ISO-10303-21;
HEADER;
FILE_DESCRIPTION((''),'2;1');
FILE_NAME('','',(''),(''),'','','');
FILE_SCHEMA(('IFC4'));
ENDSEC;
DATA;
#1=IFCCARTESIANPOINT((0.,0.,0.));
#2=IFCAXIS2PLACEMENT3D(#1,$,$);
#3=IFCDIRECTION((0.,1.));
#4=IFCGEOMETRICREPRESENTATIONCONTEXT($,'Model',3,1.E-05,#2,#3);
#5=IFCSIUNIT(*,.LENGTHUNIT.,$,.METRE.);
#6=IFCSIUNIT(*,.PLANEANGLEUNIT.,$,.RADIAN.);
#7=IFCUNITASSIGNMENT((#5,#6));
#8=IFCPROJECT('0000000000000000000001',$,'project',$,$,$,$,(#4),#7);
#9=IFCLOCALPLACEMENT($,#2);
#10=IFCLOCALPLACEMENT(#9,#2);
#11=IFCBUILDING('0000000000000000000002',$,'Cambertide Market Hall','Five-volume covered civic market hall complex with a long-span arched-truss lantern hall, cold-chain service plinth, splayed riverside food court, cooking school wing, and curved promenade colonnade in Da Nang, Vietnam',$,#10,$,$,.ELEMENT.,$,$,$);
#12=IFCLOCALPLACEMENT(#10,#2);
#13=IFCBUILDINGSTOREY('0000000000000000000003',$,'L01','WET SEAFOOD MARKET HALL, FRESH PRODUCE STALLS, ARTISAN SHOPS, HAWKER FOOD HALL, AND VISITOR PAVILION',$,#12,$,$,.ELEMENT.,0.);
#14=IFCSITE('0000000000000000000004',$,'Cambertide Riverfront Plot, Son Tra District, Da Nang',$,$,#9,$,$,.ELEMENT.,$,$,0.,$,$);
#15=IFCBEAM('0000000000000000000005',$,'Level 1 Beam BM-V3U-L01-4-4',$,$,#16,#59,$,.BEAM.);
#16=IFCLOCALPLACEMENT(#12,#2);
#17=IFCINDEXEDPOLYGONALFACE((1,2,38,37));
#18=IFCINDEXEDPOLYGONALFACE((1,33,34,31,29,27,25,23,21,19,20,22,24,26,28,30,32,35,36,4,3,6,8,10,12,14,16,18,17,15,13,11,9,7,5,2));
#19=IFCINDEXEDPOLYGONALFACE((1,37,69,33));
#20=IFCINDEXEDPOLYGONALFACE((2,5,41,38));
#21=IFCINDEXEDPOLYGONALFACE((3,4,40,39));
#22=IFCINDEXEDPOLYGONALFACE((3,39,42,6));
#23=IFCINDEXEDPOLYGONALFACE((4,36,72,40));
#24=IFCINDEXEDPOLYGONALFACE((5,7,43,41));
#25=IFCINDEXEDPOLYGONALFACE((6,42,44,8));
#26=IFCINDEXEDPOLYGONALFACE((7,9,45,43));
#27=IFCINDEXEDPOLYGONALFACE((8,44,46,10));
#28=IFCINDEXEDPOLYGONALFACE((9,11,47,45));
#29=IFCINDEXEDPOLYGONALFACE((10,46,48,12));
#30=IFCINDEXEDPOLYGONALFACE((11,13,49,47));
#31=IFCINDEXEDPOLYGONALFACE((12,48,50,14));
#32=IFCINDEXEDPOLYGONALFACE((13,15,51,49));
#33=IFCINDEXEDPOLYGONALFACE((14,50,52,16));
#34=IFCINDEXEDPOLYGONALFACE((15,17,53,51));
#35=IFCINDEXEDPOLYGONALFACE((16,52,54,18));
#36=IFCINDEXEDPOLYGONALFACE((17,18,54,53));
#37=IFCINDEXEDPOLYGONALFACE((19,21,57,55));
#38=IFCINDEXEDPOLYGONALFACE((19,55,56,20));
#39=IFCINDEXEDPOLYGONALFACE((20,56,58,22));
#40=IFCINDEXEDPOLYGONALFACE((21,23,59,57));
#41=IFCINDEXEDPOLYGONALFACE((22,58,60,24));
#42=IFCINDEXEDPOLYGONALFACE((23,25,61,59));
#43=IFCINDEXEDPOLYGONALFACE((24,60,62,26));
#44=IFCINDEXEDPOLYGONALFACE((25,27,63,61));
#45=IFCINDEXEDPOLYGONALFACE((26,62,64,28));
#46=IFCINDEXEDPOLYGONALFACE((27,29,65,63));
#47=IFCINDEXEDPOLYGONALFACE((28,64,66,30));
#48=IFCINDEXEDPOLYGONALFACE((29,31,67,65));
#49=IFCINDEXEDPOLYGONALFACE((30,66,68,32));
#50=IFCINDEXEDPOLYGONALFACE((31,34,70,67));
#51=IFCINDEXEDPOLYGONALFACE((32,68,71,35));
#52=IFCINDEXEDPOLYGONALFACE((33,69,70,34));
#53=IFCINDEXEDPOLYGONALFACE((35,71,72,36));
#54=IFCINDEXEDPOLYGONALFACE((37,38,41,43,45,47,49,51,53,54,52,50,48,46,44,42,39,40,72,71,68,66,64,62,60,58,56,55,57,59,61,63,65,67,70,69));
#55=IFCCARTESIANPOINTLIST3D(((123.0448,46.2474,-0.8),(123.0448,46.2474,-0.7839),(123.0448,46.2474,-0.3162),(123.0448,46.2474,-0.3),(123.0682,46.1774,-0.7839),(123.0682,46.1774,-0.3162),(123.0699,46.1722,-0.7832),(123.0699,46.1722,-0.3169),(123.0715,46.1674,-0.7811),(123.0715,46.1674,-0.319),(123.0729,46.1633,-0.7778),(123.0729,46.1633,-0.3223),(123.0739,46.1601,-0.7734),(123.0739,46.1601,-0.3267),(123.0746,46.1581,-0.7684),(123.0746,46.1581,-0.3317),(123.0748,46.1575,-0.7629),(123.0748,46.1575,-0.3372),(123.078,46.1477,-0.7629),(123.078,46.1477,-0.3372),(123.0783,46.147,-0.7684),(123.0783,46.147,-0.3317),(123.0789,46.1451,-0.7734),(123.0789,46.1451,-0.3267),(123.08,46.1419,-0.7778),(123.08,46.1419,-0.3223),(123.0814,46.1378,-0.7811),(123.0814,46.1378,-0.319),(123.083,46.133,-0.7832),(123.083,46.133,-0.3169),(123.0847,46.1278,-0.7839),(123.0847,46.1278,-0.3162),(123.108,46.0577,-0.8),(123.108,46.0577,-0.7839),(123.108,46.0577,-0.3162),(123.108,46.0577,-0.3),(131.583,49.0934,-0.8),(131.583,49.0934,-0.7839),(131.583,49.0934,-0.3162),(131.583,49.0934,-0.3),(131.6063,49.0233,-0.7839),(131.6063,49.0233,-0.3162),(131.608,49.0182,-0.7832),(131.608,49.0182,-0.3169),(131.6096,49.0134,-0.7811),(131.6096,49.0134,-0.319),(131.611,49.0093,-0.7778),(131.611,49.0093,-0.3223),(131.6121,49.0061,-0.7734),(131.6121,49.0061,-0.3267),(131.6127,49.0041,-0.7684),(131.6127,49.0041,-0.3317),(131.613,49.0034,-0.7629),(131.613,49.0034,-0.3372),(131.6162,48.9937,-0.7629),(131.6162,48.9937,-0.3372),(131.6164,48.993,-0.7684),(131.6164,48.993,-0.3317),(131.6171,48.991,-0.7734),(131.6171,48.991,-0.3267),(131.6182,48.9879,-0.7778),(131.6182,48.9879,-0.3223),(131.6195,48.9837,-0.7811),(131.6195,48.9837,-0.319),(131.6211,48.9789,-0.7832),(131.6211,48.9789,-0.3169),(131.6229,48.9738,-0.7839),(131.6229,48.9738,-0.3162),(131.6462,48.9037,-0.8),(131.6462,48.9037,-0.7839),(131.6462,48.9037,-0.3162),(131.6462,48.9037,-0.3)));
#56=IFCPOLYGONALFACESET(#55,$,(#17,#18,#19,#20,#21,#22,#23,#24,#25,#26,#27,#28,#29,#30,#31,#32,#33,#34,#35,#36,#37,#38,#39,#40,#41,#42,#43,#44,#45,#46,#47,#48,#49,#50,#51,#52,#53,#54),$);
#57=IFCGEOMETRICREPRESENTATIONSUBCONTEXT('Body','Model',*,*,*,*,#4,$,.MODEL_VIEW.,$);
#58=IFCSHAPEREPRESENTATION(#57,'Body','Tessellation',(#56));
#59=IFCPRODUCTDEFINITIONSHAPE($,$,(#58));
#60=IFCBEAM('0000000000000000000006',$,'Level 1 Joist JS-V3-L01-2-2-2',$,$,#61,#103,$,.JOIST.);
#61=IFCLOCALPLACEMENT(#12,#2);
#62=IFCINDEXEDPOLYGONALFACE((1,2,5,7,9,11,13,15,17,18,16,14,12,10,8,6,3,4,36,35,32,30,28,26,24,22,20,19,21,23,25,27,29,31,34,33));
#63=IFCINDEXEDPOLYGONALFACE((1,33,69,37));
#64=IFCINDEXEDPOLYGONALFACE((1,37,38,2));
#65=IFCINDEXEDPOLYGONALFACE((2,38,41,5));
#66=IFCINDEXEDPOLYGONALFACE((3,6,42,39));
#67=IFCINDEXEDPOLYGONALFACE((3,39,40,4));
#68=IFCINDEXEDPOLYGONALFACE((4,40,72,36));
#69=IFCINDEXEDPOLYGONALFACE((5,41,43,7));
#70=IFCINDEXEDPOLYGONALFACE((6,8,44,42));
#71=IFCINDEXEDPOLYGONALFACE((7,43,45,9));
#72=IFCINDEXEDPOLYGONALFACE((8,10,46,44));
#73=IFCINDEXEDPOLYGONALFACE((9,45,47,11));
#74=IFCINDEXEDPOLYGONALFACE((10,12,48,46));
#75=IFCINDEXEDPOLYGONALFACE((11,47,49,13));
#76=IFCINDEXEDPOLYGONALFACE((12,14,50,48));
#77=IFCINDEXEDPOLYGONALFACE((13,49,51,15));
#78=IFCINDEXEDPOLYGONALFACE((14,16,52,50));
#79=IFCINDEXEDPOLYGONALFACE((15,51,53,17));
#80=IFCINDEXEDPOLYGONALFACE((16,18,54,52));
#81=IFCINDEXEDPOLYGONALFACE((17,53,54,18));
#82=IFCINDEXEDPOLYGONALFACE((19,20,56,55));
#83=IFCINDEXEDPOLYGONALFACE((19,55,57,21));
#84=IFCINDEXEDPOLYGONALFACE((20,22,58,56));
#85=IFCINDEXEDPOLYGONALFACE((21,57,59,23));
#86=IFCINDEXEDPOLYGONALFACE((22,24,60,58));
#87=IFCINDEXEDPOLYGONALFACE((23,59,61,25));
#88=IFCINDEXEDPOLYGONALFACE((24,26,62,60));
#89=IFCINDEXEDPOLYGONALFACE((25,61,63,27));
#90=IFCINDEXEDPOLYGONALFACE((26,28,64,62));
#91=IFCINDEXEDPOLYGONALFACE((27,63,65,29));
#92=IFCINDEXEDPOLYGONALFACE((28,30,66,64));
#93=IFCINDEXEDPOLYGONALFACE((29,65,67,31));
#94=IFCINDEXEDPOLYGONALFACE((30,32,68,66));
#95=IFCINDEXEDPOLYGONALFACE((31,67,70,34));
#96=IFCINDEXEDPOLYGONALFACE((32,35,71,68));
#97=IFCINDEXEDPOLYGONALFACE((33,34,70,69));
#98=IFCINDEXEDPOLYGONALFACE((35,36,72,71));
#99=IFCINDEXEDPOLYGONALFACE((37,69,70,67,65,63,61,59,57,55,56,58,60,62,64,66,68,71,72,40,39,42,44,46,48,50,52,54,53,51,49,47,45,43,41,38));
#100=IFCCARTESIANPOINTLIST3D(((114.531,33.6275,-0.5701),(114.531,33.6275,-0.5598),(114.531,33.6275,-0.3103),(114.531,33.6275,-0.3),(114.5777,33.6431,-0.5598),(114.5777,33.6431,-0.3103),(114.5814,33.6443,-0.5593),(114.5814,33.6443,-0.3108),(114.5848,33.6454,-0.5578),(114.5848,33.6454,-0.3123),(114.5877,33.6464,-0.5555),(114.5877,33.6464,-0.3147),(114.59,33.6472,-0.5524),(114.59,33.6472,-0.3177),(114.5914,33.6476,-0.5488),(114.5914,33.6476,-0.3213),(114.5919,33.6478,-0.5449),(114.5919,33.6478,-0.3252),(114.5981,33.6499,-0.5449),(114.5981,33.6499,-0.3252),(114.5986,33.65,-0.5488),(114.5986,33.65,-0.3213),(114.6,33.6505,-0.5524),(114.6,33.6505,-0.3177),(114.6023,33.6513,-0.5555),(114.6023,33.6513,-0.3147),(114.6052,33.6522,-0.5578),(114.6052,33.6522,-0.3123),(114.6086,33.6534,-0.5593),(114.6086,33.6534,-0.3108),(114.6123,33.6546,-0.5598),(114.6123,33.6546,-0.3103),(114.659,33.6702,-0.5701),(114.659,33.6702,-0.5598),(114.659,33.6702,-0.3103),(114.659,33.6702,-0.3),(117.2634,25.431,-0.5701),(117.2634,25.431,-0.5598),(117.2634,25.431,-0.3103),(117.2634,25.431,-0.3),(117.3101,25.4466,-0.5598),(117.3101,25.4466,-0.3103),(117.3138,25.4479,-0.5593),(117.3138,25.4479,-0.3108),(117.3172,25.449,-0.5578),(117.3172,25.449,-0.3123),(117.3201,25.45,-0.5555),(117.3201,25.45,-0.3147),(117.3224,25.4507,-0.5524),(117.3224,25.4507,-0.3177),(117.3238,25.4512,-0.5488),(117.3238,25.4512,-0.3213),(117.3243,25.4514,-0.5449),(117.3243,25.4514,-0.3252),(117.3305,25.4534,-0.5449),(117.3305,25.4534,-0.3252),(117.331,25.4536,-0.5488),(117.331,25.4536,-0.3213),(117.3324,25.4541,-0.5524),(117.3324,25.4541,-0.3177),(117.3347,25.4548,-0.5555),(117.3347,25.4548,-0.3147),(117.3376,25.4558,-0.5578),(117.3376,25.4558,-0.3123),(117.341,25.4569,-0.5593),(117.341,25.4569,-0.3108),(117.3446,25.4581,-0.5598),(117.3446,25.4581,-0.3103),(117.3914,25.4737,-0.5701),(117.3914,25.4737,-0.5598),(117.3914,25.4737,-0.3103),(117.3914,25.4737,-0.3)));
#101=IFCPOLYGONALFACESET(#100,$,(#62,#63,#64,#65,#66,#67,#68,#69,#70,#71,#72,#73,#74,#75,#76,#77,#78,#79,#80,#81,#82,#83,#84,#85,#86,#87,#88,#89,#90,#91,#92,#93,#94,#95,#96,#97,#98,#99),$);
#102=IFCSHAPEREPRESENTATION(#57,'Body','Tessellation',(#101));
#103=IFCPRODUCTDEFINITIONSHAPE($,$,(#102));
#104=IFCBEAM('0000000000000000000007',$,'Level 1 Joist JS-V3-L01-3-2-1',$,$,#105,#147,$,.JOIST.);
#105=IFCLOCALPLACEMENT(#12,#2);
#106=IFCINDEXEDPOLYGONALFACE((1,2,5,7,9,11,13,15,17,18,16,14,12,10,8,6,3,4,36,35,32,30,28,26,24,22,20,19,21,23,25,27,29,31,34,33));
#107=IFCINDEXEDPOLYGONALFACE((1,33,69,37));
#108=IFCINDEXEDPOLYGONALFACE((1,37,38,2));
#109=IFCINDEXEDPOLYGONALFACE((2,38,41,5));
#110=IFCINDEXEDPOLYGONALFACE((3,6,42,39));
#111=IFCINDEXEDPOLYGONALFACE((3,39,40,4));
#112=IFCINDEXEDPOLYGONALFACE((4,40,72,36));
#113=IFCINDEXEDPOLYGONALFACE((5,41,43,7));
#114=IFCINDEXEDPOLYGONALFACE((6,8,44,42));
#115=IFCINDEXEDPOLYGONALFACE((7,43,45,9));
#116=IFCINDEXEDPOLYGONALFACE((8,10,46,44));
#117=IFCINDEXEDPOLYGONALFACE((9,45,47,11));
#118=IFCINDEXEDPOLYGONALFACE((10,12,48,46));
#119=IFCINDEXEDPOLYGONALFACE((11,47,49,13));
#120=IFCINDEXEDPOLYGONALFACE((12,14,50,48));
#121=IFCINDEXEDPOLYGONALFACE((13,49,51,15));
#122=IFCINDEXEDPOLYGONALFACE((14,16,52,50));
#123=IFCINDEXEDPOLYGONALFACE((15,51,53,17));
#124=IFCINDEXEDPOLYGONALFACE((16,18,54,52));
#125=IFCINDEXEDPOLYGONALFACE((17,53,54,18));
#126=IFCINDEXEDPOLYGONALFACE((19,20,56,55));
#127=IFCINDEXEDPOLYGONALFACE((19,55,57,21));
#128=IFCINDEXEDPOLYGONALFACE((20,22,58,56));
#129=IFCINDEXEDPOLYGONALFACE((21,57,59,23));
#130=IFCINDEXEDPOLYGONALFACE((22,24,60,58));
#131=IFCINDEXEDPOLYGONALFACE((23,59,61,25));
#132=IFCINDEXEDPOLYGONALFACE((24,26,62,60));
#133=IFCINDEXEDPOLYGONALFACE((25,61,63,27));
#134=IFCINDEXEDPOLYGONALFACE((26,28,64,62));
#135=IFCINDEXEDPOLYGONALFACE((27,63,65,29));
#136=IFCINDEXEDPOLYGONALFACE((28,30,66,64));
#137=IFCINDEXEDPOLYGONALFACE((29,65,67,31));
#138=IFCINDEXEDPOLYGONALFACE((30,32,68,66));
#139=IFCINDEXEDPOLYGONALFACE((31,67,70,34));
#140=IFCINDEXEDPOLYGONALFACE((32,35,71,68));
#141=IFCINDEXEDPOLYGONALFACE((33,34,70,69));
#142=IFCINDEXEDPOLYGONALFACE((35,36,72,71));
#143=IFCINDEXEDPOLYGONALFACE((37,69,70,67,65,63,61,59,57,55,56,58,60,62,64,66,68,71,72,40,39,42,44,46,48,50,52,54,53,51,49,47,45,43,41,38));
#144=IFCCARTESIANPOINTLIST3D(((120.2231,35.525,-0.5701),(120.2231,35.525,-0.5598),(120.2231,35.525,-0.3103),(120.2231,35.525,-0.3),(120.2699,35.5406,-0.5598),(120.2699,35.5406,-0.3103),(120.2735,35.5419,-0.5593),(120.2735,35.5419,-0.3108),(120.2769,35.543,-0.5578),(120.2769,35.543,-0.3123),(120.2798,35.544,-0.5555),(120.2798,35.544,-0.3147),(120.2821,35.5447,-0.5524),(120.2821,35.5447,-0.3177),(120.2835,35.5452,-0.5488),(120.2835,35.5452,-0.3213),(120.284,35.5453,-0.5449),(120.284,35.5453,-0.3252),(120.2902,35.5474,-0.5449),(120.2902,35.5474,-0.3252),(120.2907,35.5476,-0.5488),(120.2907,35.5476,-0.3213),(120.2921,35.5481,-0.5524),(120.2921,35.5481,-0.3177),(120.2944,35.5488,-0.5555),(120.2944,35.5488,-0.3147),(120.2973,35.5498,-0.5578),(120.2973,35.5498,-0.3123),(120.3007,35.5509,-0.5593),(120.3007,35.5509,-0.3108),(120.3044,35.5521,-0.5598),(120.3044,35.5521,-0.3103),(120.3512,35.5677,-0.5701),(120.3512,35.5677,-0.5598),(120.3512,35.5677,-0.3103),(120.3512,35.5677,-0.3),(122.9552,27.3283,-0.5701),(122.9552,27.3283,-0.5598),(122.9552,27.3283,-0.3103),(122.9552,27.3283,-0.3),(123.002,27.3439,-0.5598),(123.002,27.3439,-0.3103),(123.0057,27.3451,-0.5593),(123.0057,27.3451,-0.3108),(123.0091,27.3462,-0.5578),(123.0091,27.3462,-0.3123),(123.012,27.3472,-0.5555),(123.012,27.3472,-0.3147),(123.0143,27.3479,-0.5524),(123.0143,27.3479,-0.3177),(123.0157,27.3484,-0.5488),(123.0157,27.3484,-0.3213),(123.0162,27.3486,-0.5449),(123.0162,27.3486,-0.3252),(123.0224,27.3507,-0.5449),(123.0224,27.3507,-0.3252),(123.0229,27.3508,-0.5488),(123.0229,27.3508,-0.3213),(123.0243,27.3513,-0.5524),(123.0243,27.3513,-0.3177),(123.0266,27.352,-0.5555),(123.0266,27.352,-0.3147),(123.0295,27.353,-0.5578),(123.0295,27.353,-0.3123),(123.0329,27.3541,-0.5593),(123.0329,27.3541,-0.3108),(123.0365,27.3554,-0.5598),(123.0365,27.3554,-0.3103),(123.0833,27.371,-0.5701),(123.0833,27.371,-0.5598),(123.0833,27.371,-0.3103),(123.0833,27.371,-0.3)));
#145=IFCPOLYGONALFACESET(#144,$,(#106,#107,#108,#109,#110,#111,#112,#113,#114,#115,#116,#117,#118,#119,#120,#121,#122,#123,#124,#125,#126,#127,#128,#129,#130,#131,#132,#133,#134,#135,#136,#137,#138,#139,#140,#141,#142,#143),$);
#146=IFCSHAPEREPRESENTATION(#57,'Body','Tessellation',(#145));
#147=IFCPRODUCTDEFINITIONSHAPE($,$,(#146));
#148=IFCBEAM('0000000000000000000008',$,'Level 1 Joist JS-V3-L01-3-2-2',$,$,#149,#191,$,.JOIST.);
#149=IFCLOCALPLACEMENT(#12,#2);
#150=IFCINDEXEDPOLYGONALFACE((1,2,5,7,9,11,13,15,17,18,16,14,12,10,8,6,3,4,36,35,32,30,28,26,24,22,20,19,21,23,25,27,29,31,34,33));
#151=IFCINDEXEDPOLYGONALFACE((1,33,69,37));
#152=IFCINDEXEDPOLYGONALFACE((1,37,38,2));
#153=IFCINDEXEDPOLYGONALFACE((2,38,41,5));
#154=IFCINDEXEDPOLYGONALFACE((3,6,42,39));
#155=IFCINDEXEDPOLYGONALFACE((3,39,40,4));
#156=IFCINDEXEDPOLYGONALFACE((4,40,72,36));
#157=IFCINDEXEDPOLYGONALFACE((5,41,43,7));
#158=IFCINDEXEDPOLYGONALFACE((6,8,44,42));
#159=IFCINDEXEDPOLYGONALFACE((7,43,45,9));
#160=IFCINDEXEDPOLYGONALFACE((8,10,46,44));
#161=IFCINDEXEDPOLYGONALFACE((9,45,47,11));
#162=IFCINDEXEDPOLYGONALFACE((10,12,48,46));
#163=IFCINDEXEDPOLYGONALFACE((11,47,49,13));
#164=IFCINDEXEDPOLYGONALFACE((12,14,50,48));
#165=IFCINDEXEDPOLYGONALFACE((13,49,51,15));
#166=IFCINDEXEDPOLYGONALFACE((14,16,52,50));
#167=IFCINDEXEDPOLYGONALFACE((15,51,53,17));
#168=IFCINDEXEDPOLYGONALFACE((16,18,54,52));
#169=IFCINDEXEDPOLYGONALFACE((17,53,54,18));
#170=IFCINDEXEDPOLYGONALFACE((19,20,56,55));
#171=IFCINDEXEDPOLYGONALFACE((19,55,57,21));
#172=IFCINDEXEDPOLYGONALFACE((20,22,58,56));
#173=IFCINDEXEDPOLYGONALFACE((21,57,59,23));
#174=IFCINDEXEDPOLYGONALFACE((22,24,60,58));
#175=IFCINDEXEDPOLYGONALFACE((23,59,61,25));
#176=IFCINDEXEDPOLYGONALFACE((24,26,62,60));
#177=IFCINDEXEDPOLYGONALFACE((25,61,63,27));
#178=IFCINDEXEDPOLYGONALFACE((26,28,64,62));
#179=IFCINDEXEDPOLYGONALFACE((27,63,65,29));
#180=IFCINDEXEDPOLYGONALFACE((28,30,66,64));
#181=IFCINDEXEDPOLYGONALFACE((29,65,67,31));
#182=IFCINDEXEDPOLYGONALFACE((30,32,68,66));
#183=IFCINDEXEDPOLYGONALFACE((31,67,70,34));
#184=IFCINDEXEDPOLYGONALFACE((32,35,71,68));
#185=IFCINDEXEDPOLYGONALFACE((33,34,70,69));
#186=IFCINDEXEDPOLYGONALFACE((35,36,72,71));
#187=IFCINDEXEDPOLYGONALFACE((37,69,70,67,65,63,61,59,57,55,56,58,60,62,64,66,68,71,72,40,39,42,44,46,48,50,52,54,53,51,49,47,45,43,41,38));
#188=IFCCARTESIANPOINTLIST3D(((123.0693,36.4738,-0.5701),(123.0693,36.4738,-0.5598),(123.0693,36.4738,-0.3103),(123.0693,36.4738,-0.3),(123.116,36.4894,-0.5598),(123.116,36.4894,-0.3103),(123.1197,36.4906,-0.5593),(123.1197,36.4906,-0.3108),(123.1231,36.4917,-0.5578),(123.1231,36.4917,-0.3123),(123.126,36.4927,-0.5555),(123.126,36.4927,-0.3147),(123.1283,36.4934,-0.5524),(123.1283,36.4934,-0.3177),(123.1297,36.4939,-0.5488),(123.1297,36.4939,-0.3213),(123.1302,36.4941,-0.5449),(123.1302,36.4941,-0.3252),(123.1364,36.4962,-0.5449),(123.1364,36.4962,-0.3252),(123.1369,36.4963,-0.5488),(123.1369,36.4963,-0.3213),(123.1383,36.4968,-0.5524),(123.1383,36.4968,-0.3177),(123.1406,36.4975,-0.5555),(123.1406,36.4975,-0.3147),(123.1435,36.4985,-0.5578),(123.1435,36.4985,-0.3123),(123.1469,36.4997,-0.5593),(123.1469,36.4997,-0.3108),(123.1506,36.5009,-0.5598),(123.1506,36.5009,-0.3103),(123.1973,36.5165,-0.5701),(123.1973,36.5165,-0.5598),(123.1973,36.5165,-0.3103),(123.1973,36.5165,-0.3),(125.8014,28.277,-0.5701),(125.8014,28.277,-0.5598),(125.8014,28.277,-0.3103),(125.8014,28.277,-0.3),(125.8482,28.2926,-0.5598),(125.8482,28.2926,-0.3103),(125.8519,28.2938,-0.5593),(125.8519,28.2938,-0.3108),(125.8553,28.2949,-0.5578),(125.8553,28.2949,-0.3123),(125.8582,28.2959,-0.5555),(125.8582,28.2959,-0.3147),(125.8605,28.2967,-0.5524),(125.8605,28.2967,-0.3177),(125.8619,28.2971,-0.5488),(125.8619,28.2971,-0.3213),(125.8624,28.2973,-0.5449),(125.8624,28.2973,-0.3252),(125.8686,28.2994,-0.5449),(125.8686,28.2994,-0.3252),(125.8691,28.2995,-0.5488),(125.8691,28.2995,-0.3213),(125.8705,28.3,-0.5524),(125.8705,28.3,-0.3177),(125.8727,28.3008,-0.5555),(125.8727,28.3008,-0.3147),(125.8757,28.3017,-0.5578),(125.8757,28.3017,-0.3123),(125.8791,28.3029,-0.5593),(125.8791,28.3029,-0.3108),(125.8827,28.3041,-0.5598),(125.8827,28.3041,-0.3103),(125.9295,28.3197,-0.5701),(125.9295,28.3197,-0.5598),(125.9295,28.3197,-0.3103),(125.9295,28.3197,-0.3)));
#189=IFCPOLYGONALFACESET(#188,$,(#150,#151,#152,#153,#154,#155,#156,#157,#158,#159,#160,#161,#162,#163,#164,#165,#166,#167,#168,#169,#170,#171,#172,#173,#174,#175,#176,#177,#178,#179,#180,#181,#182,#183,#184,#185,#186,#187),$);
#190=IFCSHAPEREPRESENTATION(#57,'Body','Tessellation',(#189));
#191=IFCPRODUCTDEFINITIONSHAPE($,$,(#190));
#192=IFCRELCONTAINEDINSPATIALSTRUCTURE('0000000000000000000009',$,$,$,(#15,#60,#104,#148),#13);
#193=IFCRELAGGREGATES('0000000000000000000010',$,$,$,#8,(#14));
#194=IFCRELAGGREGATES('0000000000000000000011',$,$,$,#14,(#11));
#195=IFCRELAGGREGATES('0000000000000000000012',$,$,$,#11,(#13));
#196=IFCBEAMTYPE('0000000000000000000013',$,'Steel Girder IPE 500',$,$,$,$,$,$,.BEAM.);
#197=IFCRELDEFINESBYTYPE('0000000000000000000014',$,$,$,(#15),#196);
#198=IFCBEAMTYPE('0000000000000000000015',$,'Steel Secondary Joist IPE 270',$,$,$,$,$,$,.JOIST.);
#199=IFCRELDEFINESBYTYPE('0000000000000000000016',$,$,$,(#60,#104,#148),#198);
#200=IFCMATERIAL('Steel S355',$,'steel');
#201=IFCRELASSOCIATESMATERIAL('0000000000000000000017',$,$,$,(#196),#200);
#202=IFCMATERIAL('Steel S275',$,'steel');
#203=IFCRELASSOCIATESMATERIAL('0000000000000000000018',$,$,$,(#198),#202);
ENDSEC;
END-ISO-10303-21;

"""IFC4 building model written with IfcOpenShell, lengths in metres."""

from ifc_helpers import new_model, si_unit, direction, frame, origin, origin_2d, place, context, subcontext, project, spatial, i_section, extrude, material, material_profile, profile_set, type_object, element, save


model = new_model("IFC4")

# Units and contexts
model_context = context("Model", 3, precision=1e-05, world=origin(), true_north=direction((0.0, 1.0)))
body_context = subcontext(model_context, "Body", "Model", "MODEL_VIEW")
ifc_project = project(units=[si_unit("LENGTHUNIT", "METRE"), si_unit("PLANEANGLEUNIT", "RADIAN")], contexts=[model_context])

# Site, building, storey
site_placement = place(None, origin())
site = spatial("IfcSite", under=ifc_project, at=site_placement, Name="Cambertide Riverfront Plot, Son Tra District, Da Nang", CompositionType="ELEMENT", RefElevation=0.0)
building_placement = place(site_placement, origin())
building = spatial("IfcBuilding", under=site, at=building_placement, Name="Cambertide Market Hall", Description="Five-volume covered civic market hall complex with a long-span arched-truss lantern hall, cold-chain service plinth, splayed riverside food court, cooking school wing, and curved promenade colonnade in Da Nang, Vietnam", CompositionType="ELEMENT")
storey_placement = place(building_placement, origin())
storey = spatial("IfcBuildingStorey", under=building, at=storey_placement, Name="L01", Description="WET SEAFOOD MARKET HALL, FRESH PRODUCE STALLS, ARTISAN SHOPS, HAWKER FOOD HALL, AND VISITOR PAVILION", CompositionType="ELEMENT", Elevation=0.0)

# Beams
ifc_material_1 = material(Name="Steel S355", Category="steel")
ifc_material_profile_1 = material_profile(ifc_material_1, i_section(OverallWidth=0.2, OverallDepth=0.5, WebThickness=0.0103, FlangeThickness=0.0161, FilletRadius=0.021, at=origin_2d()), Name="IPE 500")
ifc_profile_set_1 = profile_set([ifc_material_profile_1], Name="Steel S355")
beam_type_1 = type_object("IfcBeamType", Name="Steel Girder IPE 500", PredefinedType="BEAM", material=ifc_profile_set_1)
for number, where, z_axis, x_axis, name in (
    (1, (123.0764, 46.1526, -0.55), (0.948686, 0.31622, 0.0), (-0.31622, 0.948686, 0.0), "Level 1 Beam BM-V3U-L01-4-4"),
):
    element("IfcBeam", number, at=place(storey_placement, frame(where, z_axis=z_axis, x_axis=x_axis)), inside=storey, type_object=beam_type_1, Name=name, PredefinedType="BEAM", context=body_context, shape_type="SweptSolid", body=[
        extrude(i_section(OverallWidth=0.2, OverallDepth=0.5, WebThickness=0.0103, FlangeThickness=0.0161, FilletRadius=0.021, at=origin_2d()), origin(), (0.0, 0.0, 1.0), 9.0),
    ])
ifc_material_2 = material(Name="Steel S275", Category="steel")
ifc_material_profile_2 = material_profile(ifc_material_2, i_section(OverallWidth=0.135, OverallDepth=0.27, WebThickness=0.0066, FlangeThickness=0.0103, FilletRadius=0.0149, at=origin_2d()), Name="IPE 270")
ifc_profile_set_2 = profile_set([ifc_material_profile_2], Name="Steel S275")
beam_type_2 = type_object("IfcBeamType", Name="Steel Secondary Joist IPE 270", PredefinedType="JOIST", material=ifc_profile_set_2)
beam_1_placement = place(storey_placement, frame((117.3274, 25.4524, -0.4351), z_axis=(-0.316253, 0.948675, 0.0), x_axis=(-0.948675, -0.316253, 0.0)))
element("IfcBeam", 2, at=beam_1_placement, inside=storey, type_object=beam_type_2, Name="Level 1 Joist JS-V3-L01-2-2-2", PredefinedType="JOIST", context=body_context, shape_type="SweptSolid", body=[
    extrude(i_section(OverallWidth=0.135, OverallDepth=0.27, WebThickness=0.0066, FlangeThickness=0.0103, FilletRadius=0.0149, at=origin_2d()), origin(), (0.0, 0.0, 1.0), 8.6399),
])
for number, where, z_axis, x_axis, name in (
    (3, (123.0193, 27.3496, -0.4351), (-0.316219, 0.948686, 0.0), (-0.948686, -0.316219, 0.0), "Level 1 Joist JS-V3-L01-3-2-1"),
    (4, (125.8655, 28.2983, -0.4351), (-0.316219, 0.948686, 0.0), (-0.948686, -0.316219, 0.0), "Level 1 Joist JS-V3-L01-3-2-2"),
):
    element("IfcBeam", number, at=place(storey_placement, frame(where, z_axis=z_axis, x_axis=x_axis)), inside=storey, type_object=beam_type_2, Name=name, PredefinedType="JOIST", context=body_context, shape_type="SweptSolid", body=[
        extrude(i_section(OverallWidth=0.135, OverallDepth=0.27, WebThickness=0.0066, FlangeThickness=0.0103, FilletRadius=0.0149, at=origin_2d()), origin(), (0.0, 0.0, 1.0), 8.6401),
    ])

save(model, "model.ifc")
